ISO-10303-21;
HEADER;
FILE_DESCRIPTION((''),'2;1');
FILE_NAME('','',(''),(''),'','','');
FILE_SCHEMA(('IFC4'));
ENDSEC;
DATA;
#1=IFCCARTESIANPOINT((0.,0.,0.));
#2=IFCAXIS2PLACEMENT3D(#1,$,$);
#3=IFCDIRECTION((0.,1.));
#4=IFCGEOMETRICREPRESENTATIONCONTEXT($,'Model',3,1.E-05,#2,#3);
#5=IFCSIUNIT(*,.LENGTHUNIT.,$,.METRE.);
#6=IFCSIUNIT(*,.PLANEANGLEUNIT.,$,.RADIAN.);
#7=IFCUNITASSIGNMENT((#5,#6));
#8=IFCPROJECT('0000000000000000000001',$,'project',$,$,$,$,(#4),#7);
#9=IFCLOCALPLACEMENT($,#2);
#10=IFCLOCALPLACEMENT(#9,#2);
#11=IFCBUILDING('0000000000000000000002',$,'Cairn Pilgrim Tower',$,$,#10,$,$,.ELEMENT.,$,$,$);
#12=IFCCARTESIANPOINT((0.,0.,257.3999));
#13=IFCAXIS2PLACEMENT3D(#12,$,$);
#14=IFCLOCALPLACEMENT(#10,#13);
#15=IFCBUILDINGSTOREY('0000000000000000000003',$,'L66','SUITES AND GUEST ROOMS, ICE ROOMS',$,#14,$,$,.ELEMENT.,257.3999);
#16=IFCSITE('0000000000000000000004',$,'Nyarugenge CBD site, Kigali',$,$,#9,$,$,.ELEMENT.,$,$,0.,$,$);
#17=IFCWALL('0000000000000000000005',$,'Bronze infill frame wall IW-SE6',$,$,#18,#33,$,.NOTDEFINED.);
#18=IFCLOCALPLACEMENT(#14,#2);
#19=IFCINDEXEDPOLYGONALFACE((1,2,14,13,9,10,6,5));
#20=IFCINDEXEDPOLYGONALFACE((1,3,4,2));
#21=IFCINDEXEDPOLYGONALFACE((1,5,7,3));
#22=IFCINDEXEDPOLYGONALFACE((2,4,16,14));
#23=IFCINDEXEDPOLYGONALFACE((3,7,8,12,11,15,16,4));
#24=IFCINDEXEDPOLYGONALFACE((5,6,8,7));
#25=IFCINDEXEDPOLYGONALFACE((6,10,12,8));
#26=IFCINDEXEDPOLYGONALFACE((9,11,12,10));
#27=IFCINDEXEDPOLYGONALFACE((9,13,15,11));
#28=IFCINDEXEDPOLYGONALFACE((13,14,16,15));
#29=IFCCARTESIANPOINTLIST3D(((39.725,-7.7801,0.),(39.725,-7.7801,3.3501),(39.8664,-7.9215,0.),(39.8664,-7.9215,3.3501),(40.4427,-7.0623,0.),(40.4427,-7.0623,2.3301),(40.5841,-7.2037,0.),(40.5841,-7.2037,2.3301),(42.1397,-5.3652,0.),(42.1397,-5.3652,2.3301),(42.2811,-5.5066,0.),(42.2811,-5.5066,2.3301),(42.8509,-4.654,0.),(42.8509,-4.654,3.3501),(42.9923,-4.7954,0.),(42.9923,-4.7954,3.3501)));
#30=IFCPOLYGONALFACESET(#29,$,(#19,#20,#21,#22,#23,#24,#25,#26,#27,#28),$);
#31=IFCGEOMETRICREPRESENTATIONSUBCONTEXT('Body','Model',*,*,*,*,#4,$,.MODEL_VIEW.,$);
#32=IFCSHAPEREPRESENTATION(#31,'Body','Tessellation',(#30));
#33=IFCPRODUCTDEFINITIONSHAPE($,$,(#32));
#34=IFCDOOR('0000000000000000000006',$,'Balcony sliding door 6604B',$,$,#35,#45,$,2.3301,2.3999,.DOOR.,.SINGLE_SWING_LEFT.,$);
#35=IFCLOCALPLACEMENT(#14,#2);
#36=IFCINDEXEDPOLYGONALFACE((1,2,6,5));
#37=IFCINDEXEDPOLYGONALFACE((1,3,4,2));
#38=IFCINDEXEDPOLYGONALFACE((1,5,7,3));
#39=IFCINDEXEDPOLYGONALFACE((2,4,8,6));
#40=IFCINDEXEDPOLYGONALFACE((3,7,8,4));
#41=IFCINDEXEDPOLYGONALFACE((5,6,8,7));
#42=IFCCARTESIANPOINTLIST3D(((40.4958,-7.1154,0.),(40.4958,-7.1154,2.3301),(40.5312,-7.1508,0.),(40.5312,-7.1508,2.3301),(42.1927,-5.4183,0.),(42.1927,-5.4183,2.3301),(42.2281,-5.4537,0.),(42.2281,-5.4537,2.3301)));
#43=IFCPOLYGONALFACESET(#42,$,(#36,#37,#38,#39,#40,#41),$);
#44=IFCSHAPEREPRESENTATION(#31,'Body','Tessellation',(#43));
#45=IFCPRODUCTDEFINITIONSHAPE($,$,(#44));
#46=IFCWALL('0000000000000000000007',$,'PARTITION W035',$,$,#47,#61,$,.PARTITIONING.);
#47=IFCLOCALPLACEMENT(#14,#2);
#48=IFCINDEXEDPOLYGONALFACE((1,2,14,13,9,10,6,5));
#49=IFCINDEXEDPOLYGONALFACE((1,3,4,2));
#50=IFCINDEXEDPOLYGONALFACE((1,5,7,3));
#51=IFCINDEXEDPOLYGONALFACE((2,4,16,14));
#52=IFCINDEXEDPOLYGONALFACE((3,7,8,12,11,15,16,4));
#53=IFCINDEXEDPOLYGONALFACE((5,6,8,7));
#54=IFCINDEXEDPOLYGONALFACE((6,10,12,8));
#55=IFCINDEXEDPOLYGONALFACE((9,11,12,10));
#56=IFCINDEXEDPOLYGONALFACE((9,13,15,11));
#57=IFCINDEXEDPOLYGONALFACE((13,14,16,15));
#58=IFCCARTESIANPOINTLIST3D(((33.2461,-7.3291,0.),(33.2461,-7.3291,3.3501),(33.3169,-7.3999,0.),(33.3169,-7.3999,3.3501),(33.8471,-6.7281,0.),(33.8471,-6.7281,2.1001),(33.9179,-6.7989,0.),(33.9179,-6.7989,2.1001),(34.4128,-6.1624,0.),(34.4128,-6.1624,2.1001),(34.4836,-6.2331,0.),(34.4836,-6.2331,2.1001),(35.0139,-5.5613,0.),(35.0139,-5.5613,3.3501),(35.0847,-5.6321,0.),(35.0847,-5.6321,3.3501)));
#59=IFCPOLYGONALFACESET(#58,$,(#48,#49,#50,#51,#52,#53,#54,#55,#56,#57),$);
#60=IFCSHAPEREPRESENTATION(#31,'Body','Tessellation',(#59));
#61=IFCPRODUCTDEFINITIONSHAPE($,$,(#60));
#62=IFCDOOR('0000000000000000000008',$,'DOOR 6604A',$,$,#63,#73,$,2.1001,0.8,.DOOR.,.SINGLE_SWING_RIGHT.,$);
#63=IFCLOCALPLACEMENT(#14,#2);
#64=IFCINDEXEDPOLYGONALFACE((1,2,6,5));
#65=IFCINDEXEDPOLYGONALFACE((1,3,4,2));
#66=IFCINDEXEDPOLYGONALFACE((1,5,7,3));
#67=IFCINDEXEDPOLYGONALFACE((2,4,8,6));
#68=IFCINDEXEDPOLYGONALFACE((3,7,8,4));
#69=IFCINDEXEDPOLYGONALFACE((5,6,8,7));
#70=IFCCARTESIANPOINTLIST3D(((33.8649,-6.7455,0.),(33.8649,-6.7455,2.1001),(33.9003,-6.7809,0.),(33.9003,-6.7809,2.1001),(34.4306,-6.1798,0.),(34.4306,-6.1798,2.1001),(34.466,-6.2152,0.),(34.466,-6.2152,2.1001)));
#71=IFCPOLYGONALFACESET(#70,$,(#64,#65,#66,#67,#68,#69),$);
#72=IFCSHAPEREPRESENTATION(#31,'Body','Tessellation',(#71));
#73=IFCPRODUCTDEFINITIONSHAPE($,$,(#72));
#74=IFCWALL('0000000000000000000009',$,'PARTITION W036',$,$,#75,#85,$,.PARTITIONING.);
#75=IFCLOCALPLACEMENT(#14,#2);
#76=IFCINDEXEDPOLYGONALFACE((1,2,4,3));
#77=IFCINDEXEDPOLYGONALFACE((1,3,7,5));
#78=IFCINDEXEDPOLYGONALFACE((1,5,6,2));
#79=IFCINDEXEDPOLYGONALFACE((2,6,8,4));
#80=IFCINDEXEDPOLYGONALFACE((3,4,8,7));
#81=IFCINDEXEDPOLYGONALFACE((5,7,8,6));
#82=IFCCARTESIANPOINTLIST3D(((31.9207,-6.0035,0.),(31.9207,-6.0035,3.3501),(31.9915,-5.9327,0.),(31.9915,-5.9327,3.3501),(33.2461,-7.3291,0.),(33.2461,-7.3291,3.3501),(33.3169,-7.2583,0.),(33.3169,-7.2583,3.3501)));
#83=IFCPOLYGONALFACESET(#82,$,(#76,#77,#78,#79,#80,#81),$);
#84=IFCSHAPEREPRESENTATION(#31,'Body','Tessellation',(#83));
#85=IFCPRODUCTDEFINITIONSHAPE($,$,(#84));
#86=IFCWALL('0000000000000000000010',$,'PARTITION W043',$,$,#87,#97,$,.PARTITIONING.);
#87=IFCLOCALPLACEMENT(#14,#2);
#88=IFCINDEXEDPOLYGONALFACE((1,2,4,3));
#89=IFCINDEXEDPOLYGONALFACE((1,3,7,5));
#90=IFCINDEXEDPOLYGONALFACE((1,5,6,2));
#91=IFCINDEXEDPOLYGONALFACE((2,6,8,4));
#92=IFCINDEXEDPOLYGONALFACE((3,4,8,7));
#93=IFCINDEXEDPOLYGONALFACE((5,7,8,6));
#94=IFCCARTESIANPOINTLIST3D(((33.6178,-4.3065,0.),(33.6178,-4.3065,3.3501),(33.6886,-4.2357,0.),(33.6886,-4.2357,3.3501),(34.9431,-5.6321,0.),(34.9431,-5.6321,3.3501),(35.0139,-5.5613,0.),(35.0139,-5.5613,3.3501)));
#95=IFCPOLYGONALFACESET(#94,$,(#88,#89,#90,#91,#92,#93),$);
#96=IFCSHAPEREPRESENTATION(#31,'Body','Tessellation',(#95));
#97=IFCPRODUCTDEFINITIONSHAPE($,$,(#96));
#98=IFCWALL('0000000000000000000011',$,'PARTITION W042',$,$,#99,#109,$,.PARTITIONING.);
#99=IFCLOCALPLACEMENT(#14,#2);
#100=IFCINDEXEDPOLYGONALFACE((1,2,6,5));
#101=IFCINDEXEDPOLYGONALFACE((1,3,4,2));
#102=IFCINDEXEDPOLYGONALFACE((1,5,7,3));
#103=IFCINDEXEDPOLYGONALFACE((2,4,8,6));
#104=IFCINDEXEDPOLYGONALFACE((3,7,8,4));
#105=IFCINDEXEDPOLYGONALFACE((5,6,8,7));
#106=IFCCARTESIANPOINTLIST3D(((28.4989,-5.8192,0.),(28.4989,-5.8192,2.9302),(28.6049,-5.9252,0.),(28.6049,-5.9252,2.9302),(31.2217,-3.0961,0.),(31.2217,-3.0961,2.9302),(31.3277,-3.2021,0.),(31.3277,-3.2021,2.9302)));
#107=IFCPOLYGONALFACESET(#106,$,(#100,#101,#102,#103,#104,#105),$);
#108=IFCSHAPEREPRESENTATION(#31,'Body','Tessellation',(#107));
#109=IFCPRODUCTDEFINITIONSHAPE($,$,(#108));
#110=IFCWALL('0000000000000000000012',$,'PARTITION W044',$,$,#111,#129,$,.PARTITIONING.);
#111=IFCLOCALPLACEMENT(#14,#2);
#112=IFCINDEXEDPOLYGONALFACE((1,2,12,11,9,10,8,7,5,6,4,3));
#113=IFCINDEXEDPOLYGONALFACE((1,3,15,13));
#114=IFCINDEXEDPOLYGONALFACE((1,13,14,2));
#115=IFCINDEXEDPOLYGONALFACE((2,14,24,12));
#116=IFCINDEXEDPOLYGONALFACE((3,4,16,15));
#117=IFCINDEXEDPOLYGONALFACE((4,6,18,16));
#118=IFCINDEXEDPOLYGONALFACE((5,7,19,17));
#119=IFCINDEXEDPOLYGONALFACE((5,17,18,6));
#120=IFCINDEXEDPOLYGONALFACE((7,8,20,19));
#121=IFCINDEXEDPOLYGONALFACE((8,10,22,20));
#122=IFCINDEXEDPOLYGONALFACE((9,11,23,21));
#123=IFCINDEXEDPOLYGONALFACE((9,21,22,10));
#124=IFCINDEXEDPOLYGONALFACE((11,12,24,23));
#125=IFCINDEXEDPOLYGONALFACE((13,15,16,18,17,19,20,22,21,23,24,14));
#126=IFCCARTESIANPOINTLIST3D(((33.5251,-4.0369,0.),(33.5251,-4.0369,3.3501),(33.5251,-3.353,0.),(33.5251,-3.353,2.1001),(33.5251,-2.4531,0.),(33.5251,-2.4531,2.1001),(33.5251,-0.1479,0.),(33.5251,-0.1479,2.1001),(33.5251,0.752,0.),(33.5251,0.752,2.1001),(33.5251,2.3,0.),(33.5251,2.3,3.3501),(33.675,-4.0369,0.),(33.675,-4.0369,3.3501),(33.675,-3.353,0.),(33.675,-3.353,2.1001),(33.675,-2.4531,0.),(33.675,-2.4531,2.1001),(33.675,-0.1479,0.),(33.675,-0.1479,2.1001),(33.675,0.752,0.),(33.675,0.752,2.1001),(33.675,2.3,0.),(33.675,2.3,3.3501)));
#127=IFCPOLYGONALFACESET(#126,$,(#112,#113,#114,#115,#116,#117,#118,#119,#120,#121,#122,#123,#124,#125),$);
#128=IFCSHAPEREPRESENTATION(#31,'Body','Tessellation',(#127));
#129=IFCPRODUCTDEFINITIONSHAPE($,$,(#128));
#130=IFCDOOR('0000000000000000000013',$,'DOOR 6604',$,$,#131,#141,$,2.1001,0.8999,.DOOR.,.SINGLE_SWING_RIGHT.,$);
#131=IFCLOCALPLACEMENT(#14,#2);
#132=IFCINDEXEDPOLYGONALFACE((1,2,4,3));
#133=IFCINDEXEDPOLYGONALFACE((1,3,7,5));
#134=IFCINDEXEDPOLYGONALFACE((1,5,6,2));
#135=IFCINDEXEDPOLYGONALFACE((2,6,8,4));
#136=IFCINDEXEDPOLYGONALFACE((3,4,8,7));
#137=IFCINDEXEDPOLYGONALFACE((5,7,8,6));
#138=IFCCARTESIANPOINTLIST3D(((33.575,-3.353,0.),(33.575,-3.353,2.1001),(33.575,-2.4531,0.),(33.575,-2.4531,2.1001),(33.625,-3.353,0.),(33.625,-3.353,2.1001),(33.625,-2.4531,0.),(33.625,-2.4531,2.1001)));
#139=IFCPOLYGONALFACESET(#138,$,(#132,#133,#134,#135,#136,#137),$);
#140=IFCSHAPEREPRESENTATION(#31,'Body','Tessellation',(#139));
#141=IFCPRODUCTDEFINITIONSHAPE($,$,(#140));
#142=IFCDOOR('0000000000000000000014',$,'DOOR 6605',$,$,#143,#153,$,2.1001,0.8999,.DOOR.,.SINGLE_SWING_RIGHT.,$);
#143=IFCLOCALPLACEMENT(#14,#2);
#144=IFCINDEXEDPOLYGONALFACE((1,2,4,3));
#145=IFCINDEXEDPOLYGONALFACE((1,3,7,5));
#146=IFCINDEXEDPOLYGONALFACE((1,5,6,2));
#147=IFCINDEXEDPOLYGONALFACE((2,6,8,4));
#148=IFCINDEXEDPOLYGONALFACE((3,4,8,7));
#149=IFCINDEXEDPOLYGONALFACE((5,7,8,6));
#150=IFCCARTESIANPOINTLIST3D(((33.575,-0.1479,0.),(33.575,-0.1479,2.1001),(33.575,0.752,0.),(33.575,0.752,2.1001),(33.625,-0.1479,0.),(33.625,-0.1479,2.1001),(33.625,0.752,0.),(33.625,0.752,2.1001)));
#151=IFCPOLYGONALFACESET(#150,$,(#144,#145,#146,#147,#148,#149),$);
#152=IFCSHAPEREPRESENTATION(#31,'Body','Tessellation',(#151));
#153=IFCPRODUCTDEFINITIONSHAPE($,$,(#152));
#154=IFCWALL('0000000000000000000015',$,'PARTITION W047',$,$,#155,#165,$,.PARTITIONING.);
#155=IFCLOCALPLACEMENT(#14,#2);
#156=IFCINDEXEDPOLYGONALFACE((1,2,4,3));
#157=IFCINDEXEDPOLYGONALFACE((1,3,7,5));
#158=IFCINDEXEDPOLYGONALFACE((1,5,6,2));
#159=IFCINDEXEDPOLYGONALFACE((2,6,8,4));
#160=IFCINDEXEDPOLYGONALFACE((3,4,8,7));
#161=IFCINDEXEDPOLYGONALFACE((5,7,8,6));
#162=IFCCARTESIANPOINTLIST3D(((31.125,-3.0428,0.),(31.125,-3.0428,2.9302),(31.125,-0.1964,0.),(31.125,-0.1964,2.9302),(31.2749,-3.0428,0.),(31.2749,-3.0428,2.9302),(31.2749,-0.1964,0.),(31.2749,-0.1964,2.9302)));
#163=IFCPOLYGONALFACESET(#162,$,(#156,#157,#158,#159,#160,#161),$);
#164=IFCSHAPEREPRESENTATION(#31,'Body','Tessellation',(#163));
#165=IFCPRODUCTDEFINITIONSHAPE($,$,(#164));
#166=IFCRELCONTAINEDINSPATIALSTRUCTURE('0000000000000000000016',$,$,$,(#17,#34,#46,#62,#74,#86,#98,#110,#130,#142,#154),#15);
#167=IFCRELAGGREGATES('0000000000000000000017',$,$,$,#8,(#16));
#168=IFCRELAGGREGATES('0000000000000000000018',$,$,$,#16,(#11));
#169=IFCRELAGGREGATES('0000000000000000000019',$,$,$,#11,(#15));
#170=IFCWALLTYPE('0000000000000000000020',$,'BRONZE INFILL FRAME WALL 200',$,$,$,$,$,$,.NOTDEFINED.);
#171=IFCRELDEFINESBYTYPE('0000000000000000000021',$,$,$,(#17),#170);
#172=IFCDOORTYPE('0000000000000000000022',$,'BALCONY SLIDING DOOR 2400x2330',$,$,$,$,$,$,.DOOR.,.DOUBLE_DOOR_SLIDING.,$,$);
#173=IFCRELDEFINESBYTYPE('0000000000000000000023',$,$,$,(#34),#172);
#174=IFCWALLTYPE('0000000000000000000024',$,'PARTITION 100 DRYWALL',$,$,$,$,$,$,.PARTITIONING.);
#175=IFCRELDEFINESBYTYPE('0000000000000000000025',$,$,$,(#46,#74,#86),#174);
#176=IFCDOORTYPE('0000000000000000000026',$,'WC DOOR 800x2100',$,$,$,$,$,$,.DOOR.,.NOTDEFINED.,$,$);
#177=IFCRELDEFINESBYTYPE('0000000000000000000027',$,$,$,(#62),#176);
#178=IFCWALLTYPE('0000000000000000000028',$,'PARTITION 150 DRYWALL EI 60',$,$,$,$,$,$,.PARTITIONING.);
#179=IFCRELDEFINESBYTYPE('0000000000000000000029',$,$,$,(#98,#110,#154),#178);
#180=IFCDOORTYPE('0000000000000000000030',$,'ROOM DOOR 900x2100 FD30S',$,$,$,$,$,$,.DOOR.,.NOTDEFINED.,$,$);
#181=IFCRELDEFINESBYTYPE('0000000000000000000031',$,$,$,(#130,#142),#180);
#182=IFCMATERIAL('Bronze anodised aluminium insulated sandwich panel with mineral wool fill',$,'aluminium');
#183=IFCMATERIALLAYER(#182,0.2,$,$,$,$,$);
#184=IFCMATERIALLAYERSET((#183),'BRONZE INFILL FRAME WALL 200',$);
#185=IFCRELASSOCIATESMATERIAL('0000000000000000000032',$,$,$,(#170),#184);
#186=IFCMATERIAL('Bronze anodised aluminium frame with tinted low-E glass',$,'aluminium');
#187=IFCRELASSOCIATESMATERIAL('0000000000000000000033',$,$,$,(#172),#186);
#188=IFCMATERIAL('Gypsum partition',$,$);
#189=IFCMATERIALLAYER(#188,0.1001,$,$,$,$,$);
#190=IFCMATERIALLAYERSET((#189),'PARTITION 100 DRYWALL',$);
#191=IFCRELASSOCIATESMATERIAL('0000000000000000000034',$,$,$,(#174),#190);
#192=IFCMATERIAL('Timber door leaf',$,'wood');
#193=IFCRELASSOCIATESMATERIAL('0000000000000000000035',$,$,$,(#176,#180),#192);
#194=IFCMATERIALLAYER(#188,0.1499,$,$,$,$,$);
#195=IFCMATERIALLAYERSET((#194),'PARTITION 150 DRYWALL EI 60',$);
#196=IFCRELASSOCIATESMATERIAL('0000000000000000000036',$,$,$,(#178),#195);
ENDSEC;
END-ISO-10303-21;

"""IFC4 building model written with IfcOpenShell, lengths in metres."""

from ifc_helpers import new_model, si_unit, direction, frame, frame_2d, origin, place, context, subcontext, project, spatial, rectangle, extrude, material, layer, layer_set, type_object, element, fill, save


model = new_model("IFC4")

# Units and contexts
model_context = context("Model", 3, precision=1e-05, world=origin(), true_north=direction((0.0, 1.0)))
body_context = subcontext(model_context, "Body", "Model", "MODEL_VIEW")
ifc_project = project(units=[si_unit("LENGTHUNIT", "METRE"), si_unit("PLANEANGLEUNIT", "RADIAN")], contexts=[model_context])

# Site, building, storey
site_placement = place(None, origin())
site = spatial("IfcSite", under=ifc_project, at=site_placement, Name="Nyarugenge CBD site, Kigali", CompositionType="ELEMENT", RefElevation=0.0)
building_placement = place(site_placement, origin())
building = spatial("IfcBuilding", under=site, at=building_placement, Name="Cairn Pilgrim Tower", CompositionType="ELEMENT")
storey_placement = place(building_placement, frame((0.0, 0.0, 257.3999)))
storey = spatial("IfcBuildingStorey", under=building, at=storey_placement, Name="L66", Description="SUITES AND GUEST ROOMS, ICE ROOMS", CompositionType="ELEMENT", Elevation=257.3999)

# Walls, openings, doors
ifc_material_1 = material(Name="Bronze anodised aluminium insulated sandwich panel with mineral wool fill", Category="aluminium")
ifc_layer_1 = layer(ifc_material_1, 0.2)
ifc_layer_set_1 = layer_set([ifc_layer_1], Name="BRONZE INFILL FRAME WALL 200")
wall_type_1 = type_object("IfcWallType", Name="BRONZE INFILL FRAME WALL 200", PredefinedType="NOTDEFINED", material=ifc_layer_set_1)
wall_1_placement = place(storey_placement, frame((39.7957, -7.8508, 0.0), z_axis=(0.0, 0.0, 1.0), x_axis=(0.707079, 0.707134, 0.0)))
wall_1 = element("IfcWall", 1, at=wall_1_placement, inside=storey, type_object=wall_type_1, Name="Bronze infill frame wall IW-SE6", PredefinedType="NOTDEFINED", context=body_context, shape_type="SweptSolid", body=[
    extrude(rectangle(XDim=4.4209, YDim=0.2, at=frame_2d((2.2104, 0.0))), origin(), (0.0, 0.0, 1.0), 3.3501),
])
opening_1_placement = place(wall_1_placement, frame((1.0151, 0.0, 0.0)))
opening_1 = element("IfcOpeningElement", 2, at=opening_1_placement, cuts=wall_1, PredefinedType="OPENING", context=body_context, shape_type="SweptSolid", body=[
    extrude(rectangle(XDim=2.3999, YDim=2.3301, at=frame_2d((1.2, 1.165))), frame((0.0, 0.1099, 0.0), z_axis=(0.0, -1.0, 0.0), x_axis=(1.0, 0.0, 0.0)), (0.0, 0.0, 1.0), 0.22),
])
ifc_material_2 = material(Name="Bronze anodised aluminium frame with tinted low-E glass", Category="aluminium")
door_type_1 = type_object("IfcDoorType", Name="BALCONY SLIDING DOOR 2400x2330", OperationType="DOUBLE_DOOR_SLIDING", PredefinedType="DOOR", material=ifc_material_2)
door_1_placement = place(opening_1_placement, origin())
door_1 = element("IfcDoor", 3, at=door_1_placement, inside=storey, type_object=door_type_1, Name="Balcony sliding door 6604B", OperationType="SINGLE_SWING_LEFT", OverallHeight=2.3301, OverallWidth=2.3999, PredefinedType="DOOR", context=body_context, shape_type="SweptSolid", body=[
    extrude(rectangle(XDim=2.3999, YDim=2.3301, at=frame_2d((1.2, 1.165))), frame((0.0, 0.0249, 0.0), z_axis=(0.0, -1.0, 0.0), x_axis=(1.0, 0.0, 0.0)), (0.0, 0.0, 1.0), 0.05),
])
fill(opening_1, door_1)
ifc_material_3 = material(Name="Gypsum partition")
ifc_layer_2 = layer(ifc_material_3, 0.1001)
ifc_layer_set_2 = layer_set([ifc_layer_2], Name="PARTITION 100 DRYWALL")
wall_type_2 = type_object("IfcWallType", Name="PARTITION 100 DRYWALL", PredefinedType="PARTITIONING", material=ifc_layer_set_2)
wall_2_placement = place(storey_placement, frame((33.2815, -7.3645, 0.0), z_axis=(0.0, 0.0, 1.0), x_axis=(0.707107, 0.707107, 0.0)))
wall_2 = element("IfcWall", 4, at=wall_2_placement, inside=storey, type_object=wall_type_2, Name="PARTITION W035", PredefinedType="PARTITIONING", context=body_context, shape_type="SweptSolid", body=[
    extrude(rectangle(XDim=2.5, YDim=0.1001, at=frame_2d((1.25, 0.0))), origin(), (0.0, 0.0, 1.0), 3.3501),
])
opening_2_placement = place(wall_2_placement, frame((0.8501, 0.0, 0.0)))
opening_2 = element("IfcOpeningElement", 5, at=opening_2_placement, cuts=wall_2, PredefinedType="OPENING", context=body_context, shape_type="SweptSolid", body=[
    extrude(rectangle(XDim=0.8, YDim=2.1001, at=frame_2d((0.3999, 1.05))), frame((0.0, 0.0601, 0.0), z_axis=(0.0, -1.0, 0.0), x_axis=(1.0, 0.0, 0.0)), (0.0, 0.0, 1.0), 0.1201),
])
ifc_material_4 = material(Name="Timber door leaf", Category="wood")
door_type_2 = type_object("IfcDoorType", Name="WC DOOR 800x2100", OperationType="NOTDEFINED", PredefinedType="DOOR", material=ifc_material_4)
door_2_placement = place(opening_2_placement, frame((0.8, 0.0, 0.0), z_axis=(0.0, 0.0, 1.0), x_axis=(-1.0, 0.0, 0.0)))
door_2 = element("IfcDoor", 6, at=door_2_placement, inside=storey, type_object=door_type_2, Name="DOOR 6604A", OperationType="SINGLE_SWING_RIGHT", OverallHeight=2.1001, OverallWidth=0.8, PredefinedType="DOOR", context=body_context, shape_type="SweptSolid", body=[
    extrude(rectangle(XDim=0.8, YDim=2.1001, at=frame_2d((0.3999, 1.05))), frame((0.0, 0.0249, 0.0), z_axis=(0.0, -1.0, 0.0), x_axis=(1.0, 0.0, 0.0)), (0.0, 0.0, 1.0), 0.05),
])
fill(opening_2, door_2)

# Walls
for number, where, z_axis, x_axis, name in (
    (7, (33.2815, -7.2937, 0.0), (0.0, 0.0, 1.0), (-0.707042, 0.707172, 0.0), "PARTITION W036"),
    (8, (34.9785, -5.5967, 0.0), (0.0, 0.0, 1.0), (-0.707042, 0.707172, 0.0), "PARTITION W043"),
):
    element("IfcWall", number, at=place(storey_placement, frame(where, z_axis=z_axis, x_axis=x_axis)), inside=storey, type_object=wall_type_2, Name=name, PredefinedType="PARTITIONING", context=body_context, shape_type="SweptSolid", body=[
        extrude(rectangle(XDim=1.8745, YDim=0.1001, at=frame_2d((0.9373, 0.0))), origin(), (0.0, 0.0, 1.0), 3.3501),
    ])
ifc_layer_3 = layer(ifc_material_3, 0.1499)
ifc_layer_set_3 = layer_set([ifc_layer_3], Name="PARTITION 150 DRYWALL EI 60")
wall_type_3 = type_object("IfcWallType", Name="PARTITION 150 DRYWALL EI 60", PredefinedType="PARTITIONING", material=ifc_layer_set_3)
wall_3_placement = place(storey_placement, frame((28.552, -5.8721, 0.0), z_axis=(0.0, 0.0, 1.0), x_axis=(0.707075, 0.707138, 0.0)))
element("IfcWall", 9, at=wall_3_placement, inside=storey, type_object=wall_type_3, Name="PARTITION W042", PredefinedType="PARTITIONING", context=body_context, shape_type="SweptSolid", body=[
    extrude(rectangle(XDim=3.8508, YDim=0.1499, at=frame_2d((1.9253, 0.0))), origin(), (0.0, 0.0, 1.0), 2.9302),
])

# Wall, openings, doors
wall_4_placement = place(storey_placement, frame((33.6001, -4.0369, 0.0), z_axis=(0.0, 0.0, 1.0), x_axis=(0.0, 1.0, 0.0)))
wall_4 = element("IfcWall", 10, at=wall_4_placement, inside=storey, type_object=wall_type_3, Name="PARTITION W044", PredefinedType="PARTITIONING", context=body_context, shape_type="SweptSolid", body=[
    extrude(rectangle(XDim=6.3369, YDim=0.1499, at=frame_2d((3.1685, 0.0))), origin(), (0.0, 0.0, 1.0), 3.3501),
])
opening_3_placement = place(wall_4_placement, frame((0.6838, 0.0, 0.0)))
opening_3 = element("IfcOpeningElement", 11, at=opening_3_placement, cuts=wall_4, PredefinedType="OPENING", context=body_context, shape_type="SweptSolid", body=[
    extrude(rectangle(XDim=0.8999, YDim=2.1001, at=frame_2d((0.45, 1.05))), frame((0.0, 0.085, 0.0), z_axis=(0.0, -1.0, 0.0), x_axis=(1.0, 0.0, 0.0)), (0.0, 0.0, 1.0), 0.1699),
])
opening_4_placement = place(wall_4_placement, frame((3.8889, 0.0, 0.0)))
opening_4 = element("IfcOpeningElement", 12, at=opening_4_placement, cuts=wall_4, PredefinedType="OPENING", context=body_context, shape_type="SweptSolid", body=[
    extrude(rectangle(XDim=0.8999, YDim=2.1001, at=frame_2d((0.45, 1.05))), frame((0.0, 0.085, 0.0), z_axis=(0.0, -1.0, 0.0), x_axis=(1.0, 0.0, 0.0)), (0.0, 0.0, 1.0), 0.1699),
])
door_type_3 = type_object("IfcDoorType", Name="ROOM DOOR 900x2100 FD30S", OperationType="NOTDEFINED", PredefinedType="DOOR", material=ifc_material_4)
door_3_placement = place(opening_3_placement, frame((0.8999, 0.0, 0.0), z_axis=(0.0, 0.0, 1.0), x_axis=(-1.0, 0.0, 0.0)))
door_3 = element("IfcDoor", 13, at=door_3_placement, inside=storey, type_object=door_type_3, Name="DOOR 6604", OperationType="SINGLE_SWING_RIGHT", OverallHeight=2.1001, OverallWidth=0.8999, PredefinedType="DOOR", context=body_context, shape_type="SweptSolid", body=[
    extrude(rectangle(XDim=0.8999, YDim=2.1001, at=frame_2d((0.45, 1.05))), frame((0.0, 0.0249, 0.0), z_axis=(0.0, -1.0, 0.0), x_axis=(1.0, 0.0, 0.0)), (0.0, 0.0, 1.0), 0.05),
])
fill(opening_3, door_3)
door_4_placement = place(opening_4_placement, frame((0.8999, 0.0, 0.0), z_axis=(0.0, 0.0, 1.0), x_axis=(-1.0, 0.0, 0.0)))
door_4 = element("IfcDoor", 14, at=door_4_placement, inside=storey, type_object=door_type_3, Name="DOOR 6605", OperationType="SINGLE_SWING_RIGHT", OverallHeight=2.1001, OverallWidth=0.8999, PredefinedType="DOOR", context=body_context, shape_type="SweptSolid", body=[
    extrude(rectangle(XDim=0.8999, YDim=2.1001, at=frame_2d((0.45, 1.05))), frame((0.0, 0.0249, 0.0), z_axis=(0.0, -1.0, 0.0), x_axis=(1.0, 0.0, 0.0)), (0.0, 0.0, 1.0), 0.05),
])
fill(opening_4, door_4)

# Wall
wall_5_placement = place(storey_placement, frame((31.2, -3.043, 0.0), z_axis=(0.0, 0.0, 1.0), x_axis=(0.0, 1.0, 0.0)))
element("IfcWall", 15, at=wall_5_placement, inside=storey, type_object=wall_type_3, Name="PARTITION W047", PredefinedType="PARTITIONING", context=body_context, shape_type="SweptSolid", body=[
    extrude(rectangle(XDim=2.8464, YDim=0.1499, at=frame_2d((1.4233, 0.0))), origin(), (0.0, 0.0, 1.0), 2.9302),
])

save(model, "model.ifc")
